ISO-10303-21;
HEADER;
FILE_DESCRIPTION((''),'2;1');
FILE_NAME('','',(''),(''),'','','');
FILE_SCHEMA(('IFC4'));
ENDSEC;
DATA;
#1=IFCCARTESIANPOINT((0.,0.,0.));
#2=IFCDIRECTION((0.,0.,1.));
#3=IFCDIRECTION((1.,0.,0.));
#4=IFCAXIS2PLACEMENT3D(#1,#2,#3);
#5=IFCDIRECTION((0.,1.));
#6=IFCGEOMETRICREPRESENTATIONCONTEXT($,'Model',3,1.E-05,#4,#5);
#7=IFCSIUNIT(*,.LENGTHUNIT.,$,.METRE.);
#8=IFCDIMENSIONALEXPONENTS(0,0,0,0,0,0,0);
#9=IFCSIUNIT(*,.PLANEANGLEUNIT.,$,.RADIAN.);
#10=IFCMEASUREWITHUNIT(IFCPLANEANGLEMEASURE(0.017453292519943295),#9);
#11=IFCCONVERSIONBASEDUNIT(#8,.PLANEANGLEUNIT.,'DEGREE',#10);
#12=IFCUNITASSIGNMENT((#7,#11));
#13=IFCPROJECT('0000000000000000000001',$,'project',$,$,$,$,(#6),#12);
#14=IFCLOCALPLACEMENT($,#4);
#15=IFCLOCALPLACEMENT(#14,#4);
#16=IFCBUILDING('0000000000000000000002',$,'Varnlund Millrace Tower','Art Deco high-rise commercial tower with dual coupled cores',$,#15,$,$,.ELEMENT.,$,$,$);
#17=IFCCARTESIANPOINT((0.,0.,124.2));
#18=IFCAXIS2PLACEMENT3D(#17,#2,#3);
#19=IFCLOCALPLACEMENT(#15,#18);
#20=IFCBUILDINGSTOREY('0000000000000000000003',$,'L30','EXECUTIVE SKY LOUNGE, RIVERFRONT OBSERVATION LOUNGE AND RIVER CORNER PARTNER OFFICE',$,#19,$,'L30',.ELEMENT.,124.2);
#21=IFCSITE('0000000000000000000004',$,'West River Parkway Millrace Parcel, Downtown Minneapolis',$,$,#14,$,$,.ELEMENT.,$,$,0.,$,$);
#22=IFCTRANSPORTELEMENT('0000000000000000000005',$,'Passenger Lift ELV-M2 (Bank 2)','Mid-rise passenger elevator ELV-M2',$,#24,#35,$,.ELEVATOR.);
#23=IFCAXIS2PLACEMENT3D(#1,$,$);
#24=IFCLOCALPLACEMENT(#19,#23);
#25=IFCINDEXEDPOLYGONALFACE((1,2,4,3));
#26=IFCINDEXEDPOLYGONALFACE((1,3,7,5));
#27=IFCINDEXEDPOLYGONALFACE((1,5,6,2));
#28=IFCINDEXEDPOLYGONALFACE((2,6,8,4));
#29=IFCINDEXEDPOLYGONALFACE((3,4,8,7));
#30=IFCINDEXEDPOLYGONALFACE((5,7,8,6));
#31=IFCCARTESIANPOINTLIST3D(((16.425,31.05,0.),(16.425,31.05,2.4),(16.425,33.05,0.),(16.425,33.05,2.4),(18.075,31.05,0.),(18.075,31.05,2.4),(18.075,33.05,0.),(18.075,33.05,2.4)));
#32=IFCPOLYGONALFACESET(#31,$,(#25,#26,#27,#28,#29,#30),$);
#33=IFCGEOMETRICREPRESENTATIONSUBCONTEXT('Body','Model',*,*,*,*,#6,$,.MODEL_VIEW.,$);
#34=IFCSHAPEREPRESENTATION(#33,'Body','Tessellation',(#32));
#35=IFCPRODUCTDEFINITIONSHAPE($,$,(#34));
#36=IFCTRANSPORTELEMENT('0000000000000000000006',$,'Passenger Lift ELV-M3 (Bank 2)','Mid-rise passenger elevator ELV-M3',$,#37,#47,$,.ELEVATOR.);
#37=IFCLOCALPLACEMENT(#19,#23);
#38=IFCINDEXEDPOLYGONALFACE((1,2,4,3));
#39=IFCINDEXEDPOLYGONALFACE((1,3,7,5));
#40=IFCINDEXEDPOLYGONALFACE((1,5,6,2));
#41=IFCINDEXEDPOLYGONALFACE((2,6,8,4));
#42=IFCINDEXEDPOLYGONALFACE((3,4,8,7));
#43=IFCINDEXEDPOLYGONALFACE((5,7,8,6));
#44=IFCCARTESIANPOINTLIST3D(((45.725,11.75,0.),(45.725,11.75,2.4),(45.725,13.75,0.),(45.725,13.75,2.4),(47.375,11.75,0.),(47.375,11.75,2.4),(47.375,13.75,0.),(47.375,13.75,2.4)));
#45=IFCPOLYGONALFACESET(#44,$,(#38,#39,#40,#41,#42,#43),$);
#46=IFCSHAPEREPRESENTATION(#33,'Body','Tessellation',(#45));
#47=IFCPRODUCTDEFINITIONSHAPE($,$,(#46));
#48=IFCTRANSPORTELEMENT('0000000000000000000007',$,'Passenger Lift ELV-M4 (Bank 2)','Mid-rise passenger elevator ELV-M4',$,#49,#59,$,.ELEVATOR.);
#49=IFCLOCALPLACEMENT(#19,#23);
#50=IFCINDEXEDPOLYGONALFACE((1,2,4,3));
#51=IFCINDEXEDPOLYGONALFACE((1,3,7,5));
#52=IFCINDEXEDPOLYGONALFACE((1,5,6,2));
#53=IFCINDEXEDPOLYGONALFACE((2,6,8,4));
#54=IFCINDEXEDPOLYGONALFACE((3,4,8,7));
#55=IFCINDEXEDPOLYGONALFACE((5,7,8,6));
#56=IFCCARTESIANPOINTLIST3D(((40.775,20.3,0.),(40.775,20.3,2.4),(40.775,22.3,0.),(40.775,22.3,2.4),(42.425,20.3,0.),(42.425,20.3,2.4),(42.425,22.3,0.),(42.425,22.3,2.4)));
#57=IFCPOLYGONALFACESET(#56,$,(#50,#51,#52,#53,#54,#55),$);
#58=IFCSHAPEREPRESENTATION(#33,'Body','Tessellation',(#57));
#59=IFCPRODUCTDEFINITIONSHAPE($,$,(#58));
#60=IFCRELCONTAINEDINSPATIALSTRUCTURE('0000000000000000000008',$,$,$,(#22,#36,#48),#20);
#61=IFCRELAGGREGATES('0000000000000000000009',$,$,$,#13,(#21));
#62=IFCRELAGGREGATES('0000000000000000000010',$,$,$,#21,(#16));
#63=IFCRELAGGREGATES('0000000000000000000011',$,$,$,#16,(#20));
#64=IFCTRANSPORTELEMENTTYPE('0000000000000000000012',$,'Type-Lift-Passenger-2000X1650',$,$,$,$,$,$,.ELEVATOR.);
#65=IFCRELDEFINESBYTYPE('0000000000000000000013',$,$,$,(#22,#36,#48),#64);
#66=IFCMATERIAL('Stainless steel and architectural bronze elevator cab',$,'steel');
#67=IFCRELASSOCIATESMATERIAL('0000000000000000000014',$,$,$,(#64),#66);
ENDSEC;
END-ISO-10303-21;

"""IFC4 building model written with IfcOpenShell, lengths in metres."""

from ifc_helpers import new_model, entity, si_unit, converted_unit, direction, frame, origin_with_axes, origin_2d_with_axis, place, context, subcontext, project, spatial, rectangle, extrude, material, type_object, element, save


model = new_model("IFC4")

# Units and contexts
model_context = context("Model", 3, precision=1e-05, world=origin_with_axes(), true_north=direction((0.0, 1.0)))
body_context = subcontext(model_context, "Body", "Model", "MODEL_VIEW")
ifc_project = project(units=[si_unit("LENGTHUNIT", "METRE"), converted_unit("PLANEANGLEUNIT", "DEGREE", entity("IfcPlaneAngleMeasure", 0.017453292519943295), si_unit("PLANEANGLEUNIT", "RADIAN"), dimensions=[0, 0, 0, 0, 0, 0, 0])], contexts=[model_context])

# Site, building, storey
site_placement = place(None, origin_with_axes())
site = spatial("IfcSite", under=ifc_project, at=site_placement, Name="West River Parkway Millrace Parcel, Downtown Minneapolis", CompositionType="ELEMENT", RefElevation=0.0)
building_placement = place(site_placement, origin_with_axes())
building = spatial("IfcBuilding", under=site, at=building_placement, Name="Varnlund Millrace Tower", Description="Art Deco high-rise commercial tower with dual coupled cores", CompositionType="ELEMENT")
storey_placement = place(building_placement, frame((0.0, 0.0, 124.2), z_axis=(0.0, 0.0, 1.0), x_axis=(1.0, 0.0, 0.0)))
storey = spatial("IfcBuildingStorey", under=building, at=storey_placement, Name="L30", Description="EXECUTIVE SKY LOUNGE, RIVERFRONT OBSERVATION LOUNGE AND RIVER CORNER PARTNER OFFICE", LongName="L30", CompositionType="ELEMENT", Elevation=124.2)

# Transport elements
ifc_material_1 = material(Name="Stainless steel and architectural bronze elevator cab", Category="steel")
transport_element_type = type_object("IfcTransportElementType", Name="Type-Lift-Passenger-2000X1650", PredefinedType="ELEVATOR", material=ifc_material_1)
for number, where, z_axis, x_axis, name, description in (
    (1, (17.25, 32.05, 0.0), (0.0, 0.0, 1.0), (1.0, 0.0, 0.0), "Passenger Lift ELV-M2 (Bank 2)", "Mid-rise passenger elevator ELV-M2"),
    (2, (46.55, 12.75, 0.0), (0.0, 0.0, 1.0), (1.0, 0.0, 0.0), "Passenger Lift ELV-M3 (Bank 2)", "Mid-rise passenger elevator ELV-M3"),
    (3, (41.6, 21.3, 0.0), (0.0, 0.0, 1.0), (1.0, 0.0, 0.0), "Passenger Lift ELV-M4 (Bank 2)", "Mid-rise passenger elevator ELV-M4"),
):
    element("IfcTransportElement", number, at=place(storey_placement, frame(where, z_axis=z_axis, x_axis=x_axis)), inside=storey, type_object=transport_element_type, Name=name, Description=description, PredefinedType="ELEVATOR", context=body_context, shape_type="SweptSolid", body=[
        extrude(rectangle(XDim=1.65, YDim=2.0, at=origin_2d_with_axis()), origin_with_axes(), (0.0, 0.0, 1.0), 2.4),
    ])

save(model, "model.ifc")
